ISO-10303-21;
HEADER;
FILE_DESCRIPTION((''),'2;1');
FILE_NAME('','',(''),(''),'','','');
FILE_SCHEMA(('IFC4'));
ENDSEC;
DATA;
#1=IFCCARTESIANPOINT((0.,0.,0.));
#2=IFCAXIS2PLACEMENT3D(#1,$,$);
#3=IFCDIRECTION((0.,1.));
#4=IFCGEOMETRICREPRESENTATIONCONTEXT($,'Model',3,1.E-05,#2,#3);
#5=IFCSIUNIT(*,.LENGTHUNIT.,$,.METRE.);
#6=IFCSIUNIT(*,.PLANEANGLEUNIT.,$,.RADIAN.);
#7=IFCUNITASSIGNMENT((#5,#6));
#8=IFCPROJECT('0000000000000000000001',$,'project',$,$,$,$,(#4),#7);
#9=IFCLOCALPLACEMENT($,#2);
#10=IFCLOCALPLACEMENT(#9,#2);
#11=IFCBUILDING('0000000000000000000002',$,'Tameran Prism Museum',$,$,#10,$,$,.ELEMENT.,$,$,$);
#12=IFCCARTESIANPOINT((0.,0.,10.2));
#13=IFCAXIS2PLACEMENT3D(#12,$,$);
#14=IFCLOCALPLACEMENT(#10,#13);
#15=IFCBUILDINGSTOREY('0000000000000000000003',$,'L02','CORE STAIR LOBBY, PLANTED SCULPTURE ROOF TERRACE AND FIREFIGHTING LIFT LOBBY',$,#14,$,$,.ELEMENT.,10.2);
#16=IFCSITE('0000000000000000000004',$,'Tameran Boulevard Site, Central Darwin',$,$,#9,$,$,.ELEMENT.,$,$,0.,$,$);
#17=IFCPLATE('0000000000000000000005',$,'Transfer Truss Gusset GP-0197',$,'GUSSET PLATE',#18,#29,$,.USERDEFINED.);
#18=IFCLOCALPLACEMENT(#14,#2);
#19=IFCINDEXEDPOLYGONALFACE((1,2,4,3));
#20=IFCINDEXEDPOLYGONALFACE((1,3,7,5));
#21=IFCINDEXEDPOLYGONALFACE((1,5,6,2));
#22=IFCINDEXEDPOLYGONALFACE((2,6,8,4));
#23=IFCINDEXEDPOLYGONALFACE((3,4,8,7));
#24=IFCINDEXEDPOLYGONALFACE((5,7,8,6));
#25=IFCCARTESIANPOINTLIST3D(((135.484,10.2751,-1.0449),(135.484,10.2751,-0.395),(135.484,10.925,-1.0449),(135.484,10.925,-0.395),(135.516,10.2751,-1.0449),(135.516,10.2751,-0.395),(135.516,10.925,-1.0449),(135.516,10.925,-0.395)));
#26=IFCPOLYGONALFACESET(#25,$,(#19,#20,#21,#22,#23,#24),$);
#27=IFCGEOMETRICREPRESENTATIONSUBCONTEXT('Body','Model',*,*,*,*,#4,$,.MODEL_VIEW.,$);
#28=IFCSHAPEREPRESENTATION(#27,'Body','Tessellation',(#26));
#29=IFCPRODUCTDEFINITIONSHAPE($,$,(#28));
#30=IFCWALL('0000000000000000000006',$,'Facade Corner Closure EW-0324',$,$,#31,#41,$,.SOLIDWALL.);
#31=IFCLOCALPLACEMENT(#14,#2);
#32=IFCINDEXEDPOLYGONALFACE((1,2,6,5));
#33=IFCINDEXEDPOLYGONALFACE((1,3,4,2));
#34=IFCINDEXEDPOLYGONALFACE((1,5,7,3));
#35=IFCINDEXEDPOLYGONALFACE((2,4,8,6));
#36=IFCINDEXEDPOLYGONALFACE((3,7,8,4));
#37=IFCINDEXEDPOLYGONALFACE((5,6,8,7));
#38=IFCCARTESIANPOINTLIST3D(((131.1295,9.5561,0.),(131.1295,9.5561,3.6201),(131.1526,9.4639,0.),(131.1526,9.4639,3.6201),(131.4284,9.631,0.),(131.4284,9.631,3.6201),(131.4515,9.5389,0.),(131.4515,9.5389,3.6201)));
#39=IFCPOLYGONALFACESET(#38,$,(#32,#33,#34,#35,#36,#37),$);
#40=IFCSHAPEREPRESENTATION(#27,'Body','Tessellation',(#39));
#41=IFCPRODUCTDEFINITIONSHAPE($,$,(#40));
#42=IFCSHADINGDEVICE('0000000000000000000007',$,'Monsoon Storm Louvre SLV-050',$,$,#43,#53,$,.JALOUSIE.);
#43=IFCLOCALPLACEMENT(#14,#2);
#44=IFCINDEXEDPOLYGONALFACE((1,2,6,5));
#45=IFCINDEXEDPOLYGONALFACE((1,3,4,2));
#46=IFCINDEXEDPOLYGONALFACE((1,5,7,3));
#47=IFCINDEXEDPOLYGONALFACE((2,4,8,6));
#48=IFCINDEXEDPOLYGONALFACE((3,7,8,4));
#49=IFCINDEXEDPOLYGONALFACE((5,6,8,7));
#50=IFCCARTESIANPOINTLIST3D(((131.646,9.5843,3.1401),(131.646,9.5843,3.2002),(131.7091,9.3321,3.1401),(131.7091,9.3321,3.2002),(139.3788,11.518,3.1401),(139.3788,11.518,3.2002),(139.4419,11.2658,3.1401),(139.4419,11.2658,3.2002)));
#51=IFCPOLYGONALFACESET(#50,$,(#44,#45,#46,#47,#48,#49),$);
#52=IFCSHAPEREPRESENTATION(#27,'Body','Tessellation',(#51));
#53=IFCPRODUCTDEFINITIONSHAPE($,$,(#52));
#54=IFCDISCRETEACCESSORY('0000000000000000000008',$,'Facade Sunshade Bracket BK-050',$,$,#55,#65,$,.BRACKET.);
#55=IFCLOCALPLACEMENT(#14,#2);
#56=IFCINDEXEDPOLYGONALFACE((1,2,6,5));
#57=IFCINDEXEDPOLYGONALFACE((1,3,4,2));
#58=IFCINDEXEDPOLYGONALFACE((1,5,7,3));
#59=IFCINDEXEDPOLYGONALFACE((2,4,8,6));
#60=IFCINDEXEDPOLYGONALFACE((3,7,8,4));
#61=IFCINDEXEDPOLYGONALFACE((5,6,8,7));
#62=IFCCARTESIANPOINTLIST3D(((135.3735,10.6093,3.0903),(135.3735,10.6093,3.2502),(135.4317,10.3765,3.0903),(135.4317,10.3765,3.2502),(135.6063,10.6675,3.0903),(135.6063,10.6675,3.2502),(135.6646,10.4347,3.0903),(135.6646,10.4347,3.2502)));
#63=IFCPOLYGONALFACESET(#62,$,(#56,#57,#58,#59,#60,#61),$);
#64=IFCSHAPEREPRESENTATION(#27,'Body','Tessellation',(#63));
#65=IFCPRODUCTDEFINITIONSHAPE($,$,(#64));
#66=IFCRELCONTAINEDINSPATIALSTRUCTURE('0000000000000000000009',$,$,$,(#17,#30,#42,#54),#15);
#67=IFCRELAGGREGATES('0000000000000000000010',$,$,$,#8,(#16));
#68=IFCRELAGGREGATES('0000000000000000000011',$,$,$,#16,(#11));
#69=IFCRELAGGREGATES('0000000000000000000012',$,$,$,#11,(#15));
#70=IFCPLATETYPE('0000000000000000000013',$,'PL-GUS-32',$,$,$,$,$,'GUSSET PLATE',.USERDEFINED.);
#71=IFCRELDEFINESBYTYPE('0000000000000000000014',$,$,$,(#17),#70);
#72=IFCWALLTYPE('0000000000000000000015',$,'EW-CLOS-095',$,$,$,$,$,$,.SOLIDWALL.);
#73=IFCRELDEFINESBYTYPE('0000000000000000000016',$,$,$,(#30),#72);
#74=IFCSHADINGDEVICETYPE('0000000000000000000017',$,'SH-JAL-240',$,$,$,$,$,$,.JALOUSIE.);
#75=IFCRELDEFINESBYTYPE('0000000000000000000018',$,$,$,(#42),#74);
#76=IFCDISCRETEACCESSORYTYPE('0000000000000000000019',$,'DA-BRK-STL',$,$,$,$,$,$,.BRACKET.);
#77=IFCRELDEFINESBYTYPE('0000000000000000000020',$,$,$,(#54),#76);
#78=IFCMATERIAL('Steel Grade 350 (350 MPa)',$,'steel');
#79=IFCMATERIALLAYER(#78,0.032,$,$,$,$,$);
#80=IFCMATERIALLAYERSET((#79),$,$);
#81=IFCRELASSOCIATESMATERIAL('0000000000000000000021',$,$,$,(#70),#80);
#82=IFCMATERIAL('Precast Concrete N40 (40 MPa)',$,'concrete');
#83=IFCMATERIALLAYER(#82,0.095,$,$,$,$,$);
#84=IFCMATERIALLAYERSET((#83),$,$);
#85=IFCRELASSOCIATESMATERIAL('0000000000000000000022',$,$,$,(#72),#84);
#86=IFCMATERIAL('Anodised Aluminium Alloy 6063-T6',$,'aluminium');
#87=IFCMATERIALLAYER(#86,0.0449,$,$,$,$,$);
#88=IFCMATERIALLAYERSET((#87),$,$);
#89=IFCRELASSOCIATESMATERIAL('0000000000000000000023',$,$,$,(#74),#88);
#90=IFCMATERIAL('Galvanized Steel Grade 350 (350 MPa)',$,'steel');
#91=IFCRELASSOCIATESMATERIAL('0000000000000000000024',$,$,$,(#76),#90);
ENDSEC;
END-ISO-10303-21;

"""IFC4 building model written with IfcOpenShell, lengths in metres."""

from ifc_helpers import new_model, si_unit, direction, frame, frame_2d, origin, origin_2d, place, context, subcontext, project, spatial, rectangle, extrude, material, layer, layer_set, type_object, element, save


model = new_model("IFC4")

# Units and contexts
model_context = context("Model", 3, precision=1e-05, world=origin(), true_north=direction((0.0, 1.0)))
body_context = subcontext(model_context, "Body", "Model", "MODEL_VIEW")
ifc_project = project(units=[si_unit("LENGTHUNIT", "METRE"), si_unit("PLANEANGLEUNIT", "RADIAN")], contexts=[model_context])

# Site, building, storey
site_placement = place(None, origin())
site = spatial("IfcSite", under=ifc_project, at=site_placement, Name="Tameran Boulevard Site, Central Darwin", CompositionType="ELEMENT", RefElevation=0.0)
building_placement = place(site_placement, origin())
building = spatial("IfcBuilding", under=site, at=building_placement, Name="Tameran Prism Museum", CompositionType="ELEMENT")
storey_placement = place(building_placement, frame((0.0, 0.0, 10.2)))
storey = spatial("IfcBuildingStorey", under=building, at=storey_placement, Name="L02", Description="CORE STAIR LOBBY, PLANTED SCULPTURE ROOF TERRACE AND FIREFIGHTING LIFT LOBBY", CompositionType="ELEMENT", Elevation=10.2)

# Plate
ifc_material_1 = material(Name="Steel Grade 350 (350 MPa)", Category="steel")
ifc_layer_1 = layer(ifc_material_1, 0.032)
ifc_layer_set_1 = layer_set([ifc_layer_1])
plate_type_1 = type_object("IfcPlateType", Name="PL-GUS-32", ElementType="GUSSET PLATE", PredefinedType="USERDEFINED", material=ifc_layer_set_1)
plate_1_placement = place(storey_placement, frame((135.5, 10.6001, -1.0449), z_axis=(0.0, 0.0, 1.0), x_axis=(1.0, 0.0, 0.0)))
element("IfcPlate", 1, at=plate_1_placement, inside=storey, type_object=plate_type_1, Name="Transfer Truss Gusset GP-0197", ObjectType="GUSSET PLATE", PredefinedType="USERDEFINED", context=body_context, shape_type="SweptSolid", body=[
    extrude(rectangle(XDim=0.032, YDim=0.6499, at=origin_2d()), origin(), (0.0, 0.0, 1.0), 0.6499),
])

# Wall
ifc_material_2 = material(Name="Precast Concrete N40 (40 MPa)", Category="concrete")
ifc_layer_2 = layer(ifc_material_2, 0.095)
ifc_layer_set_2 = layer_set([ifc_layer_2])
wall_type = type_object("IfcWallType", Name="EW-CLOS-095", PredefinedType="SOLIDWALL", material=ifc_layer_set_2)
wall_placement = place(storey_placement, frame((131.4399, 9.585, 0.0), z_axis=(0.0, 0.0, 1.0), x_axis=(-0.969956, -0.243281, 0.0)))
element("IfcWall", 2, at=wall_placement, inside=storey, type_object=wall_type, Name="Facade Corner Closure EW-0324", PredefinedType="SOLIDWALL", context=body_context, shape_type="SweptSolid", body=[
    extrude(rectangle(XDim=0.3081, YDim=0.095, at=frame_2d((0.1541, 0.0))), origin(), (0.0, 0.0, 1.0), 3.6201),
])

# Shading device
ifc_material_3 = material(Name="Anodised Aluminium Alloy 6063-T6", Category="aluminium")
ifc_layer_3 = layer(ifc_material_3, 0.0449)
ifc_layer_set_3 = layer_set([ifc_layer_3])
shading_device_type = type_object("IfcShadingDeviceType", Name="SH-JAL-240", PredefinedType="JALOUSIE", material=ifc_layer_set_3)
shading_device_placement = place(storey_placement, frame((135.5439, 10.425, 3.1401), z_axis=(0.0, 0.0, 1.0), x_axis=(-0.970127, -0.242599, 0.0)))
element("IfcShadingDevice", 3, at=shading_device_placement, inside=storey, type_object=shading_device_type, Name="Monsoon Storm Louvre SLV-050", PredefinedType="JALOUSIE", context=body_context, shape_type="SweptSolid", body=[
    extrude(rectangle(XDim=7.9709, YDim=0.26, at=origin_2d()), origin(), (0.0, 0.0, 1.0), 0.0601),
])

# Discrete accessory
ifc_material_4 = material(Name="Galvanized Steel Grade 350 (350 MPa)", Category="steel")
discrete_accessory_type = type_object("IfcDiscreteAccessoryType", Name="DA-BRK-STL", PredefinedType="BRACKET", material=ifc_material_4)
discrete_accessory_placement = place(storey_placement, frame((135.519, 10.522, 3.0903), z_axis=(0.0, 0.0, 1.0), x_axis=(-0.970127, -0.242599, 0.0)))
element("IfcDiscreteAccessory", 4, at=discrete_accessory_placement, inside=storey, type_object=discrete_accessory_type, Name="Facade Sunshade Bracket BK-050", PredefinedType="BRACKET", context=body_context, shape_type="SweptSolid", body=[
    extrude(rectangle(XDim=0.24, YDim=0.24, at=origin_2d()), origin(), (0.0, 0.0, 1.0), 0.1599),
])

save(model, "model.ifc")
